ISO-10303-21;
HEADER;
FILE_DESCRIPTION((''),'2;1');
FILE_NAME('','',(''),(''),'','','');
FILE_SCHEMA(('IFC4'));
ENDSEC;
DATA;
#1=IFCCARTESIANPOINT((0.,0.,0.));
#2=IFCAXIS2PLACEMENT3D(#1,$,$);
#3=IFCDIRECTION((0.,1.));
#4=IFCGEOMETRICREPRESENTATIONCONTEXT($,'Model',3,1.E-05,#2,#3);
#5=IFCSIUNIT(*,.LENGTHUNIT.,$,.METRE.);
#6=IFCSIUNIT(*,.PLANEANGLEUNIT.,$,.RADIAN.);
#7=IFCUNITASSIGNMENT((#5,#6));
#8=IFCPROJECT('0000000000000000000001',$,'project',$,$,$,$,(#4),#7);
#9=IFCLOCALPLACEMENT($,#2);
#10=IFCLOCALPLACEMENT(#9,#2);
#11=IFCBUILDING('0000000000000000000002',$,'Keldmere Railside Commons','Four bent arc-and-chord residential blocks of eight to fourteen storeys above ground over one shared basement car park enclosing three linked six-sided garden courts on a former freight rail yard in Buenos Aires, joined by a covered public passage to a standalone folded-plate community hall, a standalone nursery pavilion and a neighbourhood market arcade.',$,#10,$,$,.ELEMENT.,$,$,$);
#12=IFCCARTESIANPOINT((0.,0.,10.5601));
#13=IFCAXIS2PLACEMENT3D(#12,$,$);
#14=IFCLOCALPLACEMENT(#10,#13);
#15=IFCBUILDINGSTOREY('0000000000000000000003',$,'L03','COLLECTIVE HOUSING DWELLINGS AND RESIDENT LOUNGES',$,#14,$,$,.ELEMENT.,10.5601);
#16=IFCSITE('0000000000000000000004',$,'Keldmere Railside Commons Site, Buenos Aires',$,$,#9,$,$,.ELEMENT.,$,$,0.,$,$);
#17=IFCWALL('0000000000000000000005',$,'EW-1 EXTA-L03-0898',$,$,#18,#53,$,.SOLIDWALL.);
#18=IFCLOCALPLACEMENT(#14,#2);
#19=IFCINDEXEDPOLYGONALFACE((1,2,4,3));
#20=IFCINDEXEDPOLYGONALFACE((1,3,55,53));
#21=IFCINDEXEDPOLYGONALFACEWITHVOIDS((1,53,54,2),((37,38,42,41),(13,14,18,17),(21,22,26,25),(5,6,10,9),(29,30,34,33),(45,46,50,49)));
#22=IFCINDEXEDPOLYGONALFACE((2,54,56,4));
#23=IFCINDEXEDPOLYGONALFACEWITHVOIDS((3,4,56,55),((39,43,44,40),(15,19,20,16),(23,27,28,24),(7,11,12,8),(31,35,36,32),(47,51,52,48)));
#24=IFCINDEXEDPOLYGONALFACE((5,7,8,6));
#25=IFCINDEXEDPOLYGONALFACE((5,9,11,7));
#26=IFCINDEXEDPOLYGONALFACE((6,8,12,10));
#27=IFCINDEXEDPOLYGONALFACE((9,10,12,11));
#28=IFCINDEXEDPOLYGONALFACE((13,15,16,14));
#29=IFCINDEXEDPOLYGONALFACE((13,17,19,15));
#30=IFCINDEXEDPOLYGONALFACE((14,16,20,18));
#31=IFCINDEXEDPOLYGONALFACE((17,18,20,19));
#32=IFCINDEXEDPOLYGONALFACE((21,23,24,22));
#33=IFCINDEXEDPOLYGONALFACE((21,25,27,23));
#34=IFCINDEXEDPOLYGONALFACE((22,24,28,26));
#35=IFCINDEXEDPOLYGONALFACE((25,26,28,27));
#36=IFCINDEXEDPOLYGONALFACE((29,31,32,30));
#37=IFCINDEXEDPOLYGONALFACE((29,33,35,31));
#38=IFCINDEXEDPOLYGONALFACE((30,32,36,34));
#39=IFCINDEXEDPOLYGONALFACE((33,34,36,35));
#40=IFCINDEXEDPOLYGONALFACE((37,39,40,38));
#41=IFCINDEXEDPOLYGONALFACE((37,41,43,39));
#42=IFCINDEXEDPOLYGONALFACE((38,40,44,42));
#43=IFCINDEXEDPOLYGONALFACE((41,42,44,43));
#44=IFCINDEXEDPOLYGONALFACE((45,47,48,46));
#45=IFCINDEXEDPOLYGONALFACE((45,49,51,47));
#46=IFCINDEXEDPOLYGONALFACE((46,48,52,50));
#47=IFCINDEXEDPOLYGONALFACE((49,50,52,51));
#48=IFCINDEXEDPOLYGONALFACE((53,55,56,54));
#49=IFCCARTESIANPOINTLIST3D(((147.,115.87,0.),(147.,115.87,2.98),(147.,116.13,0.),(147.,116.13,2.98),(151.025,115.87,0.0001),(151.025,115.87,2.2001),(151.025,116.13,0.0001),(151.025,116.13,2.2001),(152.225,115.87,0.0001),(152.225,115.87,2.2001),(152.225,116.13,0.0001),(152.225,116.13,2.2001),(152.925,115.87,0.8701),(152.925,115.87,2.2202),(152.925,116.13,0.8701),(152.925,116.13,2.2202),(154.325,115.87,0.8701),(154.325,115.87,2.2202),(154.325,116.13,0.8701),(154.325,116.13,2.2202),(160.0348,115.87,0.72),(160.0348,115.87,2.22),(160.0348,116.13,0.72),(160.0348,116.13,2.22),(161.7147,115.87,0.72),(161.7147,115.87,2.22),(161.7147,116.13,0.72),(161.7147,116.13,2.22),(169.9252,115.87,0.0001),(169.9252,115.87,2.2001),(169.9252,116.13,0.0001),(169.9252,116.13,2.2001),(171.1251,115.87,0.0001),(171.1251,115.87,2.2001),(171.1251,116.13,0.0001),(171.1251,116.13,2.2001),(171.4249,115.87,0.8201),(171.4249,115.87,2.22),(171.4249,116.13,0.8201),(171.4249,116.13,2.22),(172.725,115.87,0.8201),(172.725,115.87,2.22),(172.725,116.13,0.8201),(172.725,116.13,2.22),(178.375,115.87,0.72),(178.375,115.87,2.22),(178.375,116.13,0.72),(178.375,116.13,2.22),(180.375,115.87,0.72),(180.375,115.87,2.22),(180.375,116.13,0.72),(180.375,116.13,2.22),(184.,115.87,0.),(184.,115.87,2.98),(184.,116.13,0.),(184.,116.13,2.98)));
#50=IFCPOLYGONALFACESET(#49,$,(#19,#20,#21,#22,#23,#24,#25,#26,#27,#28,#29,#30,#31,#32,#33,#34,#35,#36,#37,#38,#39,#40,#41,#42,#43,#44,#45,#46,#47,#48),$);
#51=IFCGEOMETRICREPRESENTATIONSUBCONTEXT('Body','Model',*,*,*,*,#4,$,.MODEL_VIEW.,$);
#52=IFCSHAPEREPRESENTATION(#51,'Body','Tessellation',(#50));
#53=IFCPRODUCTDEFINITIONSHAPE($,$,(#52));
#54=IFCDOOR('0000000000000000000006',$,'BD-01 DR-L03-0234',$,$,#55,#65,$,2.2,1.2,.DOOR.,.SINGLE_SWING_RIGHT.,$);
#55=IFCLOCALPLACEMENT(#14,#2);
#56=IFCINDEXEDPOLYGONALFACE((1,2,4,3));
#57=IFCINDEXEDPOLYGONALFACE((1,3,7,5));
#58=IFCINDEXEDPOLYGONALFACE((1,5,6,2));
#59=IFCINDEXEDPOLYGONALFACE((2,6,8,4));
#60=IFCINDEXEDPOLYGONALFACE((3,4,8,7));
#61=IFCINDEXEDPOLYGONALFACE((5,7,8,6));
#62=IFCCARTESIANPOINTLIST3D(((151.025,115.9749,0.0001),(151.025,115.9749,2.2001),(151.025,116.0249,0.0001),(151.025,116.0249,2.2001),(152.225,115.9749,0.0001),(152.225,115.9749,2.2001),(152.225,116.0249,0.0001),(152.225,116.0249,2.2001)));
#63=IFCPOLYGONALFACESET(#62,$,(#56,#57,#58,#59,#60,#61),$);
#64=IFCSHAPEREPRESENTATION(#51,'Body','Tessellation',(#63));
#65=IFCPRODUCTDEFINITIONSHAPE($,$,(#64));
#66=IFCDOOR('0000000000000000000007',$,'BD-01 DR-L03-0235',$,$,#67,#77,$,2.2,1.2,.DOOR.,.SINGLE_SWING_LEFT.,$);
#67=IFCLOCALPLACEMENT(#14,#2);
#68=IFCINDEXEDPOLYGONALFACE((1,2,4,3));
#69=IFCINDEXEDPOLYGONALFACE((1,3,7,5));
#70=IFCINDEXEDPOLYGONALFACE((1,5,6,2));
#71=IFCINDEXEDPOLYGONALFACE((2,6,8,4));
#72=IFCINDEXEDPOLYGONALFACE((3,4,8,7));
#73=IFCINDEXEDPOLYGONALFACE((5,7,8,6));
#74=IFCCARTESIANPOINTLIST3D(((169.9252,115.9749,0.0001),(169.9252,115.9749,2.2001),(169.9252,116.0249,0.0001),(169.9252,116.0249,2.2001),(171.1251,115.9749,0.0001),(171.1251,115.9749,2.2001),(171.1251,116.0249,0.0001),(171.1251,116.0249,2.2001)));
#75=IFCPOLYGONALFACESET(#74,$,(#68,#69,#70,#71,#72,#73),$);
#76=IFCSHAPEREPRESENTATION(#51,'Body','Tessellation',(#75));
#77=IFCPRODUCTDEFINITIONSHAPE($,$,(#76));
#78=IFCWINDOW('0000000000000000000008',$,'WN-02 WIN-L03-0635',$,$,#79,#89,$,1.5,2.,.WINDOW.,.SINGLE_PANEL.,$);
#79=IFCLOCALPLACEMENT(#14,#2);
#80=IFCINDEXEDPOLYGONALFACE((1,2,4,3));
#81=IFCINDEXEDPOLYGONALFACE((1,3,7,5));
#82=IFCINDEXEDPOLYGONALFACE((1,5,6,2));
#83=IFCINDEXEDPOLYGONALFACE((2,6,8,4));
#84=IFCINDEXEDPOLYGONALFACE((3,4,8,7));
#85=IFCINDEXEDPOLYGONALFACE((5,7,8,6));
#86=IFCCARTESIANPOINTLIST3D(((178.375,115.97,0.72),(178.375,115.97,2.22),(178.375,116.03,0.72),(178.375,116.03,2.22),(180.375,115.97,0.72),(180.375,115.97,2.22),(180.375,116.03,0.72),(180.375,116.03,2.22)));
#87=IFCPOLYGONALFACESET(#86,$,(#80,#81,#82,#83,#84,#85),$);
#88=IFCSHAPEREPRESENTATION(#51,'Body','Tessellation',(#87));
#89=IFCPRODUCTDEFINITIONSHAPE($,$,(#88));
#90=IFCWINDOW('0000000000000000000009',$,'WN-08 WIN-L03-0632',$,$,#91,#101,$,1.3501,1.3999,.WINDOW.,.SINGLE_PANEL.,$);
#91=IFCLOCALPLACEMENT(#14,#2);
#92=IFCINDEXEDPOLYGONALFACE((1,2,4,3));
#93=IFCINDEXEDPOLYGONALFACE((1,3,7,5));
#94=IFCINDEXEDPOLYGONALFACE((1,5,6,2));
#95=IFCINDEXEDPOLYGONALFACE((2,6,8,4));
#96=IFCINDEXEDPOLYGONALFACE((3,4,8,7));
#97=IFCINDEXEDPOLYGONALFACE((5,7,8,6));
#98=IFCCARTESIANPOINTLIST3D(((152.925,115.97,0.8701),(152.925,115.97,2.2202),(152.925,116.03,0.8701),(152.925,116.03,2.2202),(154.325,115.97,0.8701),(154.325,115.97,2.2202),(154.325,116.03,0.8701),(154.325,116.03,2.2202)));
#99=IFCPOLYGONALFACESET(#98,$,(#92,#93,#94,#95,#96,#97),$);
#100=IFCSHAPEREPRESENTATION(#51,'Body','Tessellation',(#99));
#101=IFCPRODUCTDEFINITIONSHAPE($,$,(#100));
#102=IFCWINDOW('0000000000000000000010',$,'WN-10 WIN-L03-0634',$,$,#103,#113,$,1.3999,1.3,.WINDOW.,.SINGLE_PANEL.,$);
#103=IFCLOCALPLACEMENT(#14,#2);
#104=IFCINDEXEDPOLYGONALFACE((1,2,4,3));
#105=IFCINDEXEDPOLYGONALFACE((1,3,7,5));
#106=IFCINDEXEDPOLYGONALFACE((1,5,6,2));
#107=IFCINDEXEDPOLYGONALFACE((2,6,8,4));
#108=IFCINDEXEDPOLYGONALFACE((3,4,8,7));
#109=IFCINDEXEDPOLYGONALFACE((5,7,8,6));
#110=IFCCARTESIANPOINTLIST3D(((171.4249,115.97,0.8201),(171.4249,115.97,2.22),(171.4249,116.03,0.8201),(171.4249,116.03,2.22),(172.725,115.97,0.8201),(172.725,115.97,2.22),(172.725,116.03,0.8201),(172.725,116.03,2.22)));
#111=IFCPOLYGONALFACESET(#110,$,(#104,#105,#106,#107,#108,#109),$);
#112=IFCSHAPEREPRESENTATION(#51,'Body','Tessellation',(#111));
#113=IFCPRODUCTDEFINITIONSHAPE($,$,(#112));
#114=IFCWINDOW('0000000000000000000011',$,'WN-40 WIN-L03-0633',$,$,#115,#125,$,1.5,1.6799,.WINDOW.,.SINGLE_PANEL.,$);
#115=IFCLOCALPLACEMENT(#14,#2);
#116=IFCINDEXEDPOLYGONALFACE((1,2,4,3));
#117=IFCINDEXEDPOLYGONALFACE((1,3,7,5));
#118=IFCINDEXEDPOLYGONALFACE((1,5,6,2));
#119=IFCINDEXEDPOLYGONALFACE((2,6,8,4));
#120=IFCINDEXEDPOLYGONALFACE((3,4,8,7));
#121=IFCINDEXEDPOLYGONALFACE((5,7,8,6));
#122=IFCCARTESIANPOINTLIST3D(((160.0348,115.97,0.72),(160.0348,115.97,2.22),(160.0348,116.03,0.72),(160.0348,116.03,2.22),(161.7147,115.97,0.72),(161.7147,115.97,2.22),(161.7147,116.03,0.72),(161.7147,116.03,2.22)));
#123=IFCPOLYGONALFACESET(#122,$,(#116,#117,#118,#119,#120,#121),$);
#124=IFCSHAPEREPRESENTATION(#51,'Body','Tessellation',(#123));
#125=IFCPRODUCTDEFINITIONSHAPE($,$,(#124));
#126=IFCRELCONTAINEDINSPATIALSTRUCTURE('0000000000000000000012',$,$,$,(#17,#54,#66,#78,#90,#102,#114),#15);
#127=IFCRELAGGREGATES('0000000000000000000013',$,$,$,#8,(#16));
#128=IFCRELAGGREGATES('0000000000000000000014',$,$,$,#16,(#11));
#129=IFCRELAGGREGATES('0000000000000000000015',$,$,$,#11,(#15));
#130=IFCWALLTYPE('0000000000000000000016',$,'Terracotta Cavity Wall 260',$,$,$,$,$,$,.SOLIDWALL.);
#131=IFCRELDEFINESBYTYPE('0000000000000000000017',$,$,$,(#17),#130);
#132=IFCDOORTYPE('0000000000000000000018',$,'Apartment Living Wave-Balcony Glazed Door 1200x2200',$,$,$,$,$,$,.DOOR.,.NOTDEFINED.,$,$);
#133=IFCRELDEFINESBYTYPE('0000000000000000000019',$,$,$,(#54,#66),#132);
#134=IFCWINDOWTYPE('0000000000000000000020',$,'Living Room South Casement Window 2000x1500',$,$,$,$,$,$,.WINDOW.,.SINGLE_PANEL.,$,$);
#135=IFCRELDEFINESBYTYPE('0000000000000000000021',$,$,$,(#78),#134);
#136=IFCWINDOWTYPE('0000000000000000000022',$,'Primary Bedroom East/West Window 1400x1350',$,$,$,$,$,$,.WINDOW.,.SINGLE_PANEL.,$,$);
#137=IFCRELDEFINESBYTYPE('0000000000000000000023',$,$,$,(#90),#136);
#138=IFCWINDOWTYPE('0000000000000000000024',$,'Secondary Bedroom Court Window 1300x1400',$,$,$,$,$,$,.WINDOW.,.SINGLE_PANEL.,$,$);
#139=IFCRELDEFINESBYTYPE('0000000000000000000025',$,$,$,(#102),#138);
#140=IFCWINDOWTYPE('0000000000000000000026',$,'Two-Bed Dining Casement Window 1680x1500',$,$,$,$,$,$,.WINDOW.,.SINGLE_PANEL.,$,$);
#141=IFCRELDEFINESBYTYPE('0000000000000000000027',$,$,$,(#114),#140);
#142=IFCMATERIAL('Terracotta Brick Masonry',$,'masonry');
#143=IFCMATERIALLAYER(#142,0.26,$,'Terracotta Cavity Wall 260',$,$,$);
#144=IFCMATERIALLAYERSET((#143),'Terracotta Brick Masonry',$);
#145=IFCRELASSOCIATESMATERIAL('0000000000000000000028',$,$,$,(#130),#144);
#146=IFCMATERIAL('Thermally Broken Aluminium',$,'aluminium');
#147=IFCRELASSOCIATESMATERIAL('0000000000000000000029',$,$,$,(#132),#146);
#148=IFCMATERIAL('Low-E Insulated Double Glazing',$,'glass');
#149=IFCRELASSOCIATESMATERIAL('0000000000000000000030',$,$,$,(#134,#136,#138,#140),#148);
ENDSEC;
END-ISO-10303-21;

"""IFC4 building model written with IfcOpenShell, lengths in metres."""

from ifc_helpers import new_model, si_unit, direction, frame, frame_2d, origin, place, context, subcontext, project, spatial, rectangle, extrude, material, layer, layer_set, type_object, element, fill, save


model = new_model("IFC4")

# Units and contexts
model_context = context("Model", 3, precision=1e-05, world=origin(), true_north=direction((0.0, 1.0)))
body_context = subcontext(model_context, "Body", "Model", "MODEL_VIEW")
ifc_project = project(units=[si_unit("LENGTHUNIT", "METRE"), si_unit("PLANEANGLEUNIT", "RADIAN")], contexts=[model_context])

# Site, building, storey
site_placement = place(None, origin())
site = spatial("IfcSite", under=ifc_project, at=site_placement, Name="Keldmere Railside Commons Site, Buenos Aires", CompositionType="ELEMENT", RefElevation=0.0)
building_placement = place(site_placement, origin())
building = spatial("IfcBuilding", under=site, at=building_placement, Name="Keldmere Railside Commons", Description="Four bent arc-and-chord residential blocks of eight to fourteen storeys above ground over one shared basement car park enclosing three linked six-sided garden courts on a former freight rail yard in Buenos Aires, joined by a covered public passage to a standalone folded-plate community hall, a standalone nursery pavilion and a neighbourhood market arcade.", CompositionType="ELEMENT")
storey_placement = place(building_placement, frame((0.0, 0.0, 10.5601)))
storey = spatial("IfcBuildingStorey", under=building, at=storey_placement, Name="L03", Description="COLLECTIVE HOUSING DWELLINGS AND RESIDENT LOUNGES", CompositionType="ELEMENT", Elevation=10.5601)

# Wall, openings, doors, windows
ifc_material_1 = material(Name="Terracotta Brick Masonry", Category="masonry")
ifc_layer_1 = layer(ifc_material_1, 0.26, Name="Terracotta Cavity Wall 260")
ifc_layer_set_1 = layer_set([ifc_layer_1], Name="Terracotta Brick Masonry")
wall_type_1 = type_object("IfcWallType", Name="Terracotta Cavity Wall 260", PredefinedType="SOLIDWALL", material=ifc_layer_set_1)
wall_1_placement = place(storey_placement, frame((147.0, 116.0, 0.0), z_axis=(0.0, 0.0, 1.0), x_axis=(1.0, 0.0, 0.0)))
wall_1 = element("IfcWall", 1, at=wall_1_placement, inside=storey, type_object=wall_type_1, Name="EW-1 EXTA-L03-0898", PredefinedType="SOLIDWALL", context=body_context, shape_type="SweptSolid", body=[
    extrude(rectangle(XDim=37.0, YDim=0.26, at=frame_2d((18.5, 0.0))), origin(), (0.0, 0.0, 1.0), 2.98),
])
opening_1_placement = place(wall_1_placement, frame((4.0249, 0.0, 0.0)))
opening_1 = element("IfcOpeningElement", 2, at=opening_1_placement, cuts=wall_1, PredefinedType="OPENING", context=body_context, shape_type="SweptSolid", body=[
    extrude(rectangle(XDim=1.2, YDim=2.2, at=frame_2d((0.6001, 1.1001))), frame((0.0, 0.1399, 0.0), z_axis=(0.0, -1.0, 0.0), x_axis=(1.0, 0.0, 0.0)), (0.0, 0.0, 1.0), 0.28),
])
opening_2_placement = place(wall_1_placement, frame((5.925, 0.0, 0.8701)))
opening_2 = element("IfcOpeningElement", 3, at=opening_2_placement, cuts=wall_1, PredefinedType="OPENING", context=body_context, shape_type="SweptSolid", body=[
    extrude(rectangle(XDim=1.3999, YDim=1.3501, at=frame_2d((0.7, 0.675))), frame((0.0, 0.1399, 0.0), z_axis=(0.0, -1.0, 0.0), x_axis=(1.0, 0.0, 0.0)), (0.0, 0.0, 1.0), 0.28),
])
opening_3_placement = place(wall_1_placement, frame((13.0349, 0.0, 0.72)))
opening_3 = element("IfcOpeningElement", 4, at=opening_3_placement, cuts=wall_1, PredefinedType="OPENING", context=body_context, shape_type="SweptSolid", body=[
    extrude(rectangle(XDim=1.6799, YDim=1.5, at=frame_2d((0.8398, 0.75))), frame((0.0, 0.1399, 0.0), z_axis=(0.0, -1.0, 0.0), x_axis=(1.0, 0.0, 0.0)), (0.0, 0.0, 1.0), 0.28),
])
opening_4_placement = place(wall_1_placement, frame((22.925, 0.0, 0.0)))
opening_4 = element("IfcOpeningElement", 5, at=opening_4_placement, cuts=wall_1, PredefinedType="OPENING", context=body_context, shape_type="SweptSolid", body=[
    extrude(rectangle(XDim=1.2, YDim=2.2, at=frame_2d((0.6001, 1.1001))), frame((0.0, 0.1399, 0.0), z_axis=(0.0, -1.0, 0.0), x_axis=(1.0, 0.0, 0.0)), (0.0, 0.0, 1.0), 0.28),
])
opening_5_placement = place(wall_1_placement, frame((24.425, 0.0, 0.8201)))
opening_5 = element("IfcOpeningElement", 6, at=opening_5_placement, cuts=wall_1, PredefinedType="OPENING", context=body_context, shape_type="SweptSolid", body=[
    extrude(rectangle(XDim=1.3, YDim=1.3999, at=frame_2d((0.6499, 0.7))), frame((0.0, 0.1399, 0.0), z_axis=(0.0, -1.0, 0.0), x_axis=(1.0, 0.0, 0.0)), (0.0, 0.0, 1.0), 0.28),
])
opening_6_placement = place(wall_1_placement, frame((31.375, 0.0, 0.72)))
opening_6 = element("IfcOpeningElement", 7, at=opening_6_placement, cuts=wall_1, PredefinedType="OPENING", context=body_context, shape_type="SweptSolid", body=[
    extrude(rectangle(XDim=2.0, YDim=1.5, at=frame_2d((1.0, 0.75))), frame((0.0, 0.1399, 0.0), z_axis=(0.0, -1.0, 0.0), x_axis=(1.0, 0.0, 0.0)), (0.0, 0.0, 1.0), 0.28),
])
ifc_material_2 = material(Name="Thermally Broken Aluminium", Category="aluminium")
door_type_1 = type_object("IfcDoorType", Name="Apartment Living Wave-Balcony Glazed Door 1200x2200", OperationType="NOTDEFINED", PredefinedType="DOOR", material=ifc_material_2)
door_1_placement = place(opening_1_placement, origin())
door_1 = element("IfcDoor", 8, at=door_1_placement, inside=storey, type_object=door_type_1, Name="BD-01 DR-L03-0234", OperationType="SINGLE_SWING_RIGHT", OverallHeight=2.2, OverallWidth=1.2, PredefinedType="DOOR", context=body_context, shape_type="SweptSolid", body=[
    extrude(rectangle(XDim=1.2, YDim=2.2, at=frame_2d((0.6001, 1.1001))), frame((0.0, 0.0249, 0.0), z_axis=(0.0, -1.0, 0.0), x_axis=(1.0, 0.0, 0.0)), (0.0, 0.0, 1.0), 0.05),
])
fill(opening_1, door_1)
door_2_placement = place(opening_4_placement, origin())
door_2 = element("IfcDoor", 9, at=door_2_placement, inside=storey, type_object=door_type_1, Name="BD-01 DR-L03-0235", OperationType="SINGLE_SWING_LEFT", OverallHeight=2.2, OverallWidth=1.2, PredefinedType="DOOR", context=body_context, shape_type="SweptSolid", body=[
    extrude(rectangle(XDim=1.2, YDim=2.2, at=frame_2d((0.6001, 1.1001))), frame((0.0, 0.0249, 0.0), z_axis=(0.0, -1.0, 0.0), x_axis=(1.0, 0.0, 0.0)), (0.0, 0.0, 1.0), 0.05),
])
fill(opening_4, door_2)
ifc_material_3 = material(Name="Low-E Insulated Double Glazing", Category="glass")
window_type_1 = type_object("IfcWindowType", Name="Living Room South Casement Window 2000x1500", PartitioningType="SINGLE_PANEL", PredefinedType="WINDOW", material=ifc_material_3)
window_1_placement = place(opening_6_placement, origin())
window_1 = element("IfcWindow", 10, at=window_1_placement, inside=storey, type_object=window_type_1, Name="WN-02 WIN-L03-0635", OverallHeight=1.5, OverallWidth=2.0, PartitioningType="SINGLE_PANEL", PredefinedType="WINDOW", context=body_context, shape_type="SweptSolid", body=[
    extrude(rectangle(XDim=2.0, YDim=1.5, at=frame_2d((1.0, 0.75))), frame((0.0, 0.03, 0.0), z_axis=(0.0, -1.0, 0.0), x_axis=(1.0, 0.0, 0.0)), (0.0, 0.0, 1.0), 0.0601),
])
fill(opening_6, window_1)
window_type_2 = type_object("IfcWindowType", Name="Primary Bedroom East/West Window 1400x1350", PartitioningType="SINGLE_PANEL", PredefinedType="WINDOW", material=ifc_material_3)
window_2_placement = place(opening_2_placement, origin())
window_2 = element("IfcWindow", 11, at=window_2_placement, inside=storey, type_object=window_type_2, Name="WN-08 WIN-L03-0632", OverallHeight=1.3501, OverallWidth=1.3999, PartitioningType="SINGLE_PANEL", PredefinedType="WINDOW", context=body_context, shape_type="SweptSolid", body=[
    extrude(rectangle(XDim=1.3999, YDim=1.3501, at=frame_2d((0.7, 0.675))), frame((0.0, 0.03, 0.0), z_axis=(0.0, -1.0, 0.0), x_axis=(1.0, 0.0, 0.0)), (0.0, 0.0, 1.0), 0.0601),
])
fill(opening_2, window_2)
window_type_3 = type_object("IfcWindowType", Name="Secondary Bedroom Court Window 1300x1400", PartitioningType="SINGLE_PANEL", PredefinedType="WINDOW", material=ifc_material_3)
window_3_placement = place(opening_5_placement, origin())
window_3 = element("IfcWindow", 12, at=window_3_placement, inside=storey, type_object=window_type_3, Name="WN-10 WIN-L03-0634", OverallHeight=1.3999, OverallWidth=1.3, PartitioningType="SINGLE_PANEL", PredefinedType="WINDOW", context=body_context, shape_type="SweptSolid", body=[
    extrude(rectangle(XDim=1.3, YDim=1.3999, at=frame_2d((0.6499, 0.7))), frame((0.0, 0.03, 0.0), z_axis=(0.0, -1.0, 0.0), x_axis=(1.0, 0.0, 0.0)), (0.0, 0.0, 1.0), 0.0601),
])
fill(opening_5, window_3)
window_type_4 = type_object("IfcWindowType", Name="Two-Bed Dining Casement Window 1680x1500", PartitioningType="SINGLE_PANEL", PredefinedType="WINDOW", material=ifc_material_3)
window_4_placement = place(opening_3_placement, origin())
window_4 = element("IfcWindow", 13, at=window_4_placement, inside=storey, type_object=window_type_4, Name="WN-40 WIN-L03-0633", OverallHeight=1.5, OverallWidth=1.6799, PartitioningType="SINGLE_PANEL", PredefinedType="WINDOW", context=body_context, shape_type="SweptSolid", body=[
    extrude(rectangle(XDim=1.6799, YDim=1.5, at=frame_2d((0.8398, 0.75))), frame((0.0, 0.03, 0.0), z_axis=(0.0, -1.0, 0.0), x_axis=(1.0, 0.0, 0.0)), (0.0, 0.0, 1.0), 0.0601),
])
fill(opening_3, window_4)

save(model, "model.ifc")
